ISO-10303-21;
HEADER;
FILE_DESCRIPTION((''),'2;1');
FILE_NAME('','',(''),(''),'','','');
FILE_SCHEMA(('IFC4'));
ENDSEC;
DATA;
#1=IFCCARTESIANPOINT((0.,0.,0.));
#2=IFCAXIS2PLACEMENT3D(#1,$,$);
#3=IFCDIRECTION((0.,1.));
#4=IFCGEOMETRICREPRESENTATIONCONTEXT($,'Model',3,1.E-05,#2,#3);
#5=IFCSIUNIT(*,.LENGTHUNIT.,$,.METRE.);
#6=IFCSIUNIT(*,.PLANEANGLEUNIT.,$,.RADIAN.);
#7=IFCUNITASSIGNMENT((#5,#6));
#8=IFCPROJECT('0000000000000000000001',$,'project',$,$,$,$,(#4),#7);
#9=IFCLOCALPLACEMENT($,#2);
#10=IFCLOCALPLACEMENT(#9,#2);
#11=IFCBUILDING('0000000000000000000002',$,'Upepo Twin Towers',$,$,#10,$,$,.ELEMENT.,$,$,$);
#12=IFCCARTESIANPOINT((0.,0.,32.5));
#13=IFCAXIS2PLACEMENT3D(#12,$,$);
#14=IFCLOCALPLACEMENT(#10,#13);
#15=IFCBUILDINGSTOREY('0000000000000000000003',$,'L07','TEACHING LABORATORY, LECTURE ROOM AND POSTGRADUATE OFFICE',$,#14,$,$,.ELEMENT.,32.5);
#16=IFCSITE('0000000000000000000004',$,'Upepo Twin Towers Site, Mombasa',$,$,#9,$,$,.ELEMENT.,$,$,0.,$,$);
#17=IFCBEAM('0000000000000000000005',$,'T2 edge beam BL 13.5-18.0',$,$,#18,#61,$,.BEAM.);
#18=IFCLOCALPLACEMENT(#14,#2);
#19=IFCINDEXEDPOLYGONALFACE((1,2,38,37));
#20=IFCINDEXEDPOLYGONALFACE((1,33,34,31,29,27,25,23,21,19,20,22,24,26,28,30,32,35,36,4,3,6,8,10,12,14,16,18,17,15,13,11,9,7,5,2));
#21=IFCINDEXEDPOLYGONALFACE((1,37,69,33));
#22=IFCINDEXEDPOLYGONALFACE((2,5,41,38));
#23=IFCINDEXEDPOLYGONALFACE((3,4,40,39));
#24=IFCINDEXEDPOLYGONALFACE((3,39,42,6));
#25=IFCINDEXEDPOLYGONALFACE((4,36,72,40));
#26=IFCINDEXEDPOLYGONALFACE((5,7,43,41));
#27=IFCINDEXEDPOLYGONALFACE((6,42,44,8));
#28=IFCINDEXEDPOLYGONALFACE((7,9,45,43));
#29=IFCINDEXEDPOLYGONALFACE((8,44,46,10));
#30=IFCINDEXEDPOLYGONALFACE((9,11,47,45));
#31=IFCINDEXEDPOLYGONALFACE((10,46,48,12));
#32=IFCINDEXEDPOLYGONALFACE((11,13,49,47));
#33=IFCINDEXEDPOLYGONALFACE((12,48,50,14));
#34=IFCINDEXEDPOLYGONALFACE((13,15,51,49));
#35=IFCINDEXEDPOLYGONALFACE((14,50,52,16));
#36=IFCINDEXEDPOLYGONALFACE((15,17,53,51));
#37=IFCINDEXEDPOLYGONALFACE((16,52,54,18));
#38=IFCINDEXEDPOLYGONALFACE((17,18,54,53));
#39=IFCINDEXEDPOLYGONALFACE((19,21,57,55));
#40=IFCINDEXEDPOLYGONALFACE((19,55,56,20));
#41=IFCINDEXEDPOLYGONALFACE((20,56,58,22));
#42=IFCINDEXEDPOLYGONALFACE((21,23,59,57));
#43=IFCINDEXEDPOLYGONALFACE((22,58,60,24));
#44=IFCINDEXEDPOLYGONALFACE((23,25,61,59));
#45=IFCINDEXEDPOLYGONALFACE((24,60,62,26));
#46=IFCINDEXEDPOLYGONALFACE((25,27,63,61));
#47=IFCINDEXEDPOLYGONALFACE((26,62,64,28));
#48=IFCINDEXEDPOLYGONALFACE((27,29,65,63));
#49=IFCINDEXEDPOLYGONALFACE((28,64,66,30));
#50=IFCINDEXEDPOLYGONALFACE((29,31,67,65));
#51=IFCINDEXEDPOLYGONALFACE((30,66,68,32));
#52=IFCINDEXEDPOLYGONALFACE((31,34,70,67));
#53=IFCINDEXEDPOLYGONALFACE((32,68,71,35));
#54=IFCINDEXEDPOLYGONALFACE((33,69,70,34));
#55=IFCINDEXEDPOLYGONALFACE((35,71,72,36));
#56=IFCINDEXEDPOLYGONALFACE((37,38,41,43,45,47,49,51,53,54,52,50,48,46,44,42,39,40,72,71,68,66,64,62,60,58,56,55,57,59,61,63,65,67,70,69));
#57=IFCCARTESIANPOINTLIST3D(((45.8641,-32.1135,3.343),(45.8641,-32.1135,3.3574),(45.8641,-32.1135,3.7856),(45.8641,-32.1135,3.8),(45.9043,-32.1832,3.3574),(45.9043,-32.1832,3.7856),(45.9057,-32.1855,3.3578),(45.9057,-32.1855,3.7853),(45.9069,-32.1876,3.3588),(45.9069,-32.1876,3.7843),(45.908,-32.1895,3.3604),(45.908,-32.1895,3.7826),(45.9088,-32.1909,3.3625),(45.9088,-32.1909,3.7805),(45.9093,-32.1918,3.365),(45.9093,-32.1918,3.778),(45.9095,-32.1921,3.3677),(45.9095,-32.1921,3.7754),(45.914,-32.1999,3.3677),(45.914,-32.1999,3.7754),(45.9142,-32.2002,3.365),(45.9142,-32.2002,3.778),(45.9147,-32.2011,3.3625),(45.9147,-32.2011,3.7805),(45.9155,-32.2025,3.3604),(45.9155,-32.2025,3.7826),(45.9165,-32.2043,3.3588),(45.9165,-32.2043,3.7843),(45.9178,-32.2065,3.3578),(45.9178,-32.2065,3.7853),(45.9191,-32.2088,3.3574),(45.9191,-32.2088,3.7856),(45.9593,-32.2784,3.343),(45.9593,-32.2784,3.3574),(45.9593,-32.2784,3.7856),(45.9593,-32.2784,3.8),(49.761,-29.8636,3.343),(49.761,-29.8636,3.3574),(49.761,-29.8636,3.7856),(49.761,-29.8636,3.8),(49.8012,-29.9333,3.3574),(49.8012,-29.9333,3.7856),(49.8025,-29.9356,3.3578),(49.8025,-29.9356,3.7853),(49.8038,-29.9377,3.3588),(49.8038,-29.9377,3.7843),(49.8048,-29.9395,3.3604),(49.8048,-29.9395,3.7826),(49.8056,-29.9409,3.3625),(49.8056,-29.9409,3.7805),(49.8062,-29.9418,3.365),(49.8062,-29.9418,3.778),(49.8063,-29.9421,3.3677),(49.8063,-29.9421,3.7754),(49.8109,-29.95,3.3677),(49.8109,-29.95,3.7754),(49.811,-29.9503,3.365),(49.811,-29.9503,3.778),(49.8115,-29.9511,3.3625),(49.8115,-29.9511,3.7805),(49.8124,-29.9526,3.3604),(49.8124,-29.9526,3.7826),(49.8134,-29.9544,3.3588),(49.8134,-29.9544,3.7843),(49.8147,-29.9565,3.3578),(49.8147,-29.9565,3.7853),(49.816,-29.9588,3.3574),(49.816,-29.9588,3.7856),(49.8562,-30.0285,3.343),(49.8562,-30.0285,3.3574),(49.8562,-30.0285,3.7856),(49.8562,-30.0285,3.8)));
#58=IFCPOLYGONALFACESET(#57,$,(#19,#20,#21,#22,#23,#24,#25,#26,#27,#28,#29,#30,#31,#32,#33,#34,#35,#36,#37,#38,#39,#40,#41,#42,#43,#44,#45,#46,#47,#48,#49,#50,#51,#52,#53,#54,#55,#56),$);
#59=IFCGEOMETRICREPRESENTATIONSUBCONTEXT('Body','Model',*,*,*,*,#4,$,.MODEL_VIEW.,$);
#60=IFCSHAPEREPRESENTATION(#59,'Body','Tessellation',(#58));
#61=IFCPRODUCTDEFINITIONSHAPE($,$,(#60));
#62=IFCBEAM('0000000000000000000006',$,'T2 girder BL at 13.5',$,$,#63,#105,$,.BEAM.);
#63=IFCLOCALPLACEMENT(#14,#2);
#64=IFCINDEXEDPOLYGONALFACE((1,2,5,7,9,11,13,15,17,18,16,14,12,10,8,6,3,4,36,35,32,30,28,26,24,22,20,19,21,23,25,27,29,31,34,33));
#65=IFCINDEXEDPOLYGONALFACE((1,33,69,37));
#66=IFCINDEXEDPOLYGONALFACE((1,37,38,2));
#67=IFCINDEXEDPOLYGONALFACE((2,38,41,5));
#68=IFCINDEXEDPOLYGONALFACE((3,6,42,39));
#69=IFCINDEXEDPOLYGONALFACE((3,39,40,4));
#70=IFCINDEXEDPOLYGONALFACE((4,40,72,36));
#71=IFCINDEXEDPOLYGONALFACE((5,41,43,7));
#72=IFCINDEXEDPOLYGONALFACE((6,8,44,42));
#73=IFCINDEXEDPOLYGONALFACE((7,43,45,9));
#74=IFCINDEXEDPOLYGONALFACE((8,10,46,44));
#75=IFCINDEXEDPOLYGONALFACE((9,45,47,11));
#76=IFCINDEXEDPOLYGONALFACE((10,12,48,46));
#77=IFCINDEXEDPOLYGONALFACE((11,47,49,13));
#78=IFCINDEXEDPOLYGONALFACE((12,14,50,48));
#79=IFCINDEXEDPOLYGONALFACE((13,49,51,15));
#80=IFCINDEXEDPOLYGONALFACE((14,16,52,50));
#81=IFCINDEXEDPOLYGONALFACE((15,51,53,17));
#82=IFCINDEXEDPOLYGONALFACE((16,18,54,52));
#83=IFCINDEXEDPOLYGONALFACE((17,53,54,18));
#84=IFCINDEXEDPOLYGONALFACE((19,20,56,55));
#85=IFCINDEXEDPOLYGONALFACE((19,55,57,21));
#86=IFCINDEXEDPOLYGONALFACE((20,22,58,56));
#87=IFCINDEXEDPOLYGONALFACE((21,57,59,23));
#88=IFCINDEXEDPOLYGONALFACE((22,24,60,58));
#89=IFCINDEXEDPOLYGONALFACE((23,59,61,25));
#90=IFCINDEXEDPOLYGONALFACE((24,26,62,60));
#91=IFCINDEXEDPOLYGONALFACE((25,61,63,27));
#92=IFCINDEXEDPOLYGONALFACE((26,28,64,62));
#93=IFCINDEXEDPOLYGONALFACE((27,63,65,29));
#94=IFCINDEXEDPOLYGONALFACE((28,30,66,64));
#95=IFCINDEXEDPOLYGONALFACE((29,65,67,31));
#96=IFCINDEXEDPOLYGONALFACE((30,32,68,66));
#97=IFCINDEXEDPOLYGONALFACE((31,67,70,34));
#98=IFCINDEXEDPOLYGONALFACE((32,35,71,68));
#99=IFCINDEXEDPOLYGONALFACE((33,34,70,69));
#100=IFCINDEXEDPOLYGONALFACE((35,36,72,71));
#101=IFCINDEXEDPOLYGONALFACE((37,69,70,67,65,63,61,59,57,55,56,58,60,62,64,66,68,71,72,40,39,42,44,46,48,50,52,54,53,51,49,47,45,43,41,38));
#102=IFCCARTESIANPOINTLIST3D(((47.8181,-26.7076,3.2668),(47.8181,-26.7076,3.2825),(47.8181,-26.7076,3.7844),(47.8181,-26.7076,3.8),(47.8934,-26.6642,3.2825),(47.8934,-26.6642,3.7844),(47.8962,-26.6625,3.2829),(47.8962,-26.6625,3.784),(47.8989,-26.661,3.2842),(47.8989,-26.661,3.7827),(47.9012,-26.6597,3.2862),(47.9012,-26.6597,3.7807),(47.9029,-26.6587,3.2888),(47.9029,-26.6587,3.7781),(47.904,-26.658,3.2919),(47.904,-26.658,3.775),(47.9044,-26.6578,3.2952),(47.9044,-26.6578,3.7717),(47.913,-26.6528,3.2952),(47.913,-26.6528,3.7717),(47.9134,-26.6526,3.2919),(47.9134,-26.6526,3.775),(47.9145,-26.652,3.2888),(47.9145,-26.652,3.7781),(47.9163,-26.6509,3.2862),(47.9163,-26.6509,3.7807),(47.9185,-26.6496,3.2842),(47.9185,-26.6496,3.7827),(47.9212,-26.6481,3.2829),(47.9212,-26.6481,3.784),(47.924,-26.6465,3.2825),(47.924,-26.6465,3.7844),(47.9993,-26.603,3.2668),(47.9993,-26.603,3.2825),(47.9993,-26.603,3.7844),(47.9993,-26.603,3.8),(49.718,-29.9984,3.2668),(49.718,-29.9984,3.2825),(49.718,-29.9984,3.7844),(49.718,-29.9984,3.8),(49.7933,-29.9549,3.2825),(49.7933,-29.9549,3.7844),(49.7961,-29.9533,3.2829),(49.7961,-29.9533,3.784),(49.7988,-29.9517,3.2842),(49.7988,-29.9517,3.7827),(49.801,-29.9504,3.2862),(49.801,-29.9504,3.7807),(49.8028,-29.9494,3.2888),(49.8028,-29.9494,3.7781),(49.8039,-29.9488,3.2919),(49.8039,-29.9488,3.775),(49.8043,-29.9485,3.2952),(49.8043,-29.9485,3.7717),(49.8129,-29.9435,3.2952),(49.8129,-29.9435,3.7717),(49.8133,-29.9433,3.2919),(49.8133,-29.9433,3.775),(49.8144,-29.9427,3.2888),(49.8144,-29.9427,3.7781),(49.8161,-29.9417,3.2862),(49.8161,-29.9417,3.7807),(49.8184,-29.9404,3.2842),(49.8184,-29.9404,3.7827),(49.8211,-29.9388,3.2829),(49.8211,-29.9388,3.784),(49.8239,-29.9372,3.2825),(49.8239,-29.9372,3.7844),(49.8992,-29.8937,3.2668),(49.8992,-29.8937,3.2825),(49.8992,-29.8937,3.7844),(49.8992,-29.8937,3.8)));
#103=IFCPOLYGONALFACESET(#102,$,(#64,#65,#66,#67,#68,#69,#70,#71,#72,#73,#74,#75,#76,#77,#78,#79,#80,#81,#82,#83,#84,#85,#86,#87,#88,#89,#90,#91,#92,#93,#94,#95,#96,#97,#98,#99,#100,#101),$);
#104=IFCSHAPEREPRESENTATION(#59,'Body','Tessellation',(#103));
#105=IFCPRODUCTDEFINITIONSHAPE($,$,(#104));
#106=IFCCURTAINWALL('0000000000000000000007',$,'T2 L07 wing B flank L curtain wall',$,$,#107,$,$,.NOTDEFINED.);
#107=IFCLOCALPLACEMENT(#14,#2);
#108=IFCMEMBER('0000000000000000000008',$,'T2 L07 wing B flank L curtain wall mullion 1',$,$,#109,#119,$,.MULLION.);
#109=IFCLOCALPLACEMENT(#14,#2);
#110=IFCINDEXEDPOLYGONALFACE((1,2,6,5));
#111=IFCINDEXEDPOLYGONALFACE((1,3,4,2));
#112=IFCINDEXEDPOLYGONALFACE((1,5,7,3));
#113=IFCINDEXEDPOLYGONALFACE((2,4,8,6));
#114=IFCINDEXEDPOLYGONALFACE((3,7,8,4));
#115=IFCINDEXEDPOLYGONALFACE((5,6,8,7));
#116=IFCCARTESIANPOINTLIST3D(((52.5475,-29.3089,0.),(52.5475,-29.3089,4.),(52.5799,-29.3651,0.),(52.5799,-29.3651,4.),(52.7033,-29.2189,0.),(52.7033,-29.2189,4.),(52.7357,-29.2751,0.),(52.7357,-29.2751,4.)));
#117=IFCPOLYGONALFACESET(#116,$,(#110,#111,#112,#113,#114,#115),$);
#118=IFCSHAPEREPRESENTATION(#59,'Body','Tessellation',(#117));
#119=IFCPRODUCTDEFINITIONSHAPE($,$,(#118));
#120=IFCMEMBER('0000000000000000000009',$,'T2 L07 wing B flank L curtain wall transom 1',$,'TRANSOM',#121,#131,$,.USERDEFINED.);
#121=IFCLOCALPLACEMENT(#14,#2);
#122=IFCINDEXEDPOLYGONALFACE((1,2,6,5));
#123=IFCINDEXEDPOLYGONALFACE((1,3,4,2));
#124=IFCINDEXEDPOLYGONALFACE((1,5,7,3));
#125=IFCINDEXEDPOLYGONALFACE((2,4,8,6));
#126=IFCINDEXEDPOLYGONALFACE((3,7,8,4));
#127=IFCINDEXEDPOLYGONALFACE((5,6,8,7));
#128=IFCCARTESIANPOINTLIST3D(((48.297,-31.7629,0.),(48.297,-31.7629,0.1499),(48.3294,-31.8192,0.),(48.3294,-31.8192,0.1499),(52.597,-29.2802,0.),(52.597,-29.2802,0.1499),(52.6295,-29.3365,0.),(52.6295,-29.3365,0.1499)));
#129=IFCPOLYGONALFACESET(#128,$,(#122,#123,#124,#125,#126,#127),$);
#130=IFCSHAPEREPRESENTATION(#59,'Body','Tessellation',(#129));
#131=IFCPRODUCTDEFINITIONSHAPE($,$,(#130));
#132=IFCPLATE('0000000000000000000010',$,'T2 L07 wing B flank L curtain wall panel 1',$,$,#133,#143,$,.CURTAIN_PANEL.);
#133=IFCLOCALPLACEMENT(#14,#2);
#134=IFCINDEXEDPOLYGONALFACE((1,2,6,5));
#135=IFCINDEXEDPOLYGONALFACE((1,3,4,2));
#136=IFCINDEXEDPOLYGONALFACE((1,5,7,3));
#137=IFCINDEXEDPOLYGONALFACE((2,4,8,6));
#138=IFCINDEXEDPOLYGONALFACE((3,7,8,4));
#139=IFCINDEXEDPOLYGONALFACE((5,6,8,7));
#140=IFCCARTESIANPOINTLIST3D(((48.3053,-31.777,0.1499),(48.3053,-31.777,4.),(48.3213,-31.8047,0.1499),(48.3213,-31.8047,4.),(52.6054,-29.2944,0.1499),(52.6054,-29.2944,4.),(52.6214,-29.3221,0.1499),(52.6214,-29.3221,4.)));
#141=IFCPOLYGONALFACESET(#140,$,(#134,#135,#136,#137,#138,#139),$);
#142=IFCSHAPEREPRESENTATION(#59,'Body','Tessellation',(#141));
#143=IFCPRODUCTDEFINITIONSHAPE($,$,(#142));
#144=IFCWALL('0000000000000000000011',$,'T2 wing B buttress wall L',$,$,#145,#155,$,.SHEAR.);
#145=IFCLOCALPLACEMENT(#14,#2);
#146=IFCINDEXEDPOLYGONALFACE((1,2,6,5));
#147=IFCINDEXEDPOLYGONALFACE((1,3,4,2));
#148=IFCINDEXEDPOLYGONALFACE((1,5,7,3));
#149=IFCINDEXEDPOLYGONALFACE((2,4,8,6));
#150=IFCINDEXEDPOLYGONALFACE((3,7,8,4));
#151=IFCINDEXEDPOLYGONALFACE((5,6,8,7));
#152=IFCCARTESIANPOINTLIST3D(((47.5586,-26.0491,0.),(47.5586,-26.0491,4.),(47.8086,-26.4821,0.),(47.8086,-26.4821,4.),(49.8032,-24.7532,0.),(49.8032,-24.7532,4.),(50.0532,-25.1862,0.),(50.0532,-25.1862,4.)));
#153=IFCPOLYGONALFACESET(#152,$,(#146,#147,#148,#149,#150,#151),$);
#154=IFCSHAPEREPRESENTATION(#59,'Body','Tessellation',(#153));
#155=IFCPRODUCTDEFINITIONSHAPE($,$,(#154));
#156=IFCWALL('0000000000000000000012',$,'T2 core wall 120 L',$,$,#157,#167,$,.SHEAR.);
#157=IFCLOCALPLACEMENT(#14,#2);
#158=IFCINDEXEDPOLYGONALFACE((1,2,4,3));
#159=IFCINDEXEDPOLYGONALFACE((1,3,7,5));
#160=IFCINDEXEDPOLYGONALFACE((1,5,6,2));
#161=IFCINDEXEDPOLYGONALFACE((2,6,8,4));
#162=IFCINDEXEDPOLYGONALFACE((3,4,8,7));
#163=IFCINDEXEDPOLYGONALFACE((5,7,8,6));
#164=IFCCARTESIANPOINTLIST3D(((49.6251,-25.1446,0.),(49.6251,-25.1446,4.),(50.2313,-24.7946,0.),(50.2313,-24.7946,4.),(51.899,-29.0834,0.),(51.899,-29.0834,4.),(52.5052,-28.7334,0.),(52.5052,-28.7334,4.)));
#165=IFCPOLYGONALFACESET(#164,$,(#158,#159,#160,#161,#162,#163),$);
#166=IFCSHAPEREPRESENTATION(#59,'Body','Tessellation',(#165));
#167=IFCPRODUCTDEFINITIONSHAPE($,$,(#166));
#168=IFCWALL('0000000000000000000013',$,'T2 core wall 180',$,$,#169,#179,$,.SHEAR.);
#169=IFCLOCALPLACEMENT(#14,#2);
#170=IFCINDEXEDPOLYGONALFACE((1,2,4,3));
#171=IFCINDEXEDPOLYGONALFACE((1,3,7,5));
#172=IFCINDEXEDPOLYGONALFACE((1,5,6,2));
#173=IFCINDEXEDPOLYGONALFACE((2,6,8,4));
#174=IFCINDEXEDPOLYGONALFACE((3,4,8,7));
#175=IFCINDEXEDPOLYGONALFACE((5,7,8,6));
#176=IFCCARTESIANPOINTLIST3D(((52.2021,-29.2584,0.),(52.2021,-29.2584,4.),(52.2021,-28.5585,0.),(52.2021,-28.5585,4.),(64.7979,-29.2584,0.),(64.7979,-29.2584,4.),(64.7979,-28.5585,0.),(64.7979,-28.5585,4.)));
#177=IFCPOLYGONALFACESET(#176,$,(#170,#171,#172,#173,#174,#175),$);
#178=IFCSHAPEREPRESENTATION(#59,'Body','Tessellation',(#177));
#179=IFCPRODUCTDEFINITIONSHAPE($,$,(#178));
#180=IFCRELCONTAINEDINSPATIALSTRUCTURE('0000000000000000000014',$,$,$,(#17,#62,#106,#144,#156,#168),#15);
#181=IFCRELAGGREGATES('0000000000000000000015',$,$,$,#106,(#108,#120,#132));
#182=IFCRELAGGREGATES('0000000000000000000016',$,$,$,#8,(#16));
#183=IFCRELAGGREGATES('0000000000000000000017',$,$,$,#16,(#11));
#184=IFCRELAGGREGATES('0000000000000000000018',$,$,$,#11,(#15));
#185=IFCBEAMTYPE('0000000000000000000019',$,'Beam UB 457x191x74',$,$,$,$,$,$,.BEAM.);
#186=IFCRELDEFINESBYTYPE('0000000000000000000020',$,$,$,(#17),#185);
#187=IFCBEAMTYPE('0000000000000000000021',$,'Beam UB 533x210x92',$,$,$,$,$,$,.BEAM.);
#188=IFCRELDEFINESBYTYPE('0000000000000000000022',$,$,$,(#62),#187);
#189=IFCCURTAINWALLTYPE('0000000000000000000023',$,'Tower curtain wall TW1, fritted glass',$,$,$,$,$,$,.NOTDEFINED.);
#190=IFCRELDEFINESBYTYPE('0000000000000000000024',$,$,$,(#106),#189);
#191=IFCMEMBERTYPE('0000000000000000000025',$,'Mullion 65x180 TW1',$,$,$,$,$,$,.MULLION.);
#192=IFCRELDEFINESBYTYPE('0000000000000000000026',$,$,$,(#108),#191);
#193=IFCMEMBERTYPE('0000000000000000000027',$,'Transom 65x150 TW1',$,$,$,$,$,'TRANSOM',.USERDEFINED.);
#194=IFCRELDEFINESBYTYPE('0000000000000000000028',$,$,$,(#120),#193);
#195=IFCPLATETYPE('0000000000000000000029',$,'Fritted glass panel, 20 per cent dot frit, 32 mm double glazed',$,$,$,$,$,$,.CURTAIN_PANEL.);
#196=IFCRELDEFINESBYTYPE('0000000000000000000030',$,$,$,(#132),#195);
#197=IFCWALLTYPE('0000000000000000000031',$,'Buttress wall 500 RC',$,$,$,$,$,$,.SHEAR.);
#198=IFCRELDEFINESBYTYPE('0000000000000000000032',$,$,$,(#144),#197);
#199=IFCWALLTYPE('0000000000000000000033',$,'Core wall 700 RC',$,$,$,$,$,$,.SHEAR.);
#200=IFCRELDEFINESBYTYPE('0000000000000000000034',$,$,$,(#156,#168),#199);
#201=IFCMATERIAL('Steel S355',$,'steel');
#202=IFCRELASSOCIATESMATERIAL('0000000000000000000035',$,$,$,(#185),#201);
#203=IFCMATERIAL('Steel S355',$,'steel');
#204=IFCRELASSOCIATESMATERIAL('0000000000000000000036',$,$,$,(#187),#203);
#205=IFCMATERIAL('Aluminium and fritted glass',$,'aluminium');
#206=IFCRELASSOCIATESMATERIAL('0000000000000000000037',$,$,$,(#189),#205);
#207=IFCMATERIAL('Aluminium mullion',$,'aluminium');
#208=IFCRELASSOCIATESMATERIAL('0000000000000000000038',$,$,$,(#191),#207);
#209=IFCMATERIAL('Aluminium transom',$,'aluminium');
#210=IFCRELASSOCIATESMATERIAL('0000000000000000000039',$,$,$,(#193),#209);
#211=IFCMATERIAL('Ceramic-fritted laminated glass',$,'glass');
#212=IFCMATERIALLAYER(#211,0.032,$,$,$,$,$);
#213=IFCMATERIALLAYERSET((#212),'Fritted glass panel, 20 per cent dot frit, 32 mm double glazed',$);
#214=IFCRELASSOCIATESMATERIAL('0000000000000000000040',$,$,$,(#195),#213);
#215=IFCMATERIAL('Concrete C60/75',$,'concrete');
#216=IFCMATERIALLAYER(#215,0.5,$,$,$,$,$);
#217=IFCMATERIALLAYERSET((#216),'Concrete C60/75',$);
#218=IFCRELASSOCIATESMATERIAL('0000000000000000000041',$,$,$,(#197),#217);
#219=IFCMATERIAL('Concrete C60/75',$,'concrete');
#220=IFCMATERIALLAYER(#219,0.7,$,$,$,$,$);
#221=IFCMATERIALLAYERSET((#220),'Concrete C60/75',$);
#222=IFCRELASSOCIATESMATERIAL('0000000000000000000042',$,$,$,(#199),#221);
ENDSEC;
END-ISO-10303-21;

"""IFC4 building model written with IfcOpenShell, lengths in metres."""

from ifc_helpers import new_model, si_unit, direction, frame, frame_2d, origin, origin_2d, place, context, subcontext, project, spatial, rectangle, i_section, extrude, material, layer, layer_set, material_profile, profile_set, type_object, element, aggregate, save


model = new_model("IFC4")

# Units and contexts
model_context = context("Model", 3, precision=1e-05, world=origin(), true_north=direction((0.0, 1.0)))
body_context = subcontext(model_context, "Body", "Model", "MODEL_VIEW")
ifc_project = project(units=[si_unit("LENGTHUNIT", "METRE"), si_unit("PLANEANGLEUNIT", "RADIAN")], contexts=[model_context])

# Site, building, storey
site_placement = place(None, origin())
site = spatial("IfcSite", under=ifc_project, at=site_placement, Name="Upepo Twin Towers Site, Mombasa", CompositionType="ELEMENT", RefElevation=0.0)
building_placement = place(site_placement, origin())
building = spatial("IfcBuilding", under=site, at=building_placement, Name="Upepo Twin Towers", CompositionType="ELEMENT")
storey_placement = place(building_placement, frame((0.0, 0.0, 32.5)))
storey = spatial("IfcBuildingStorey", under=building, at=storey_placement, Name="L07", Description="TEACHING LABORATORY, LECTURE ROOM AND POSTGRADUATE OFFICE", CompositionType="ELEMENT", Elevation=32.5)

# Beams
ifc_material_1 = material(Name="Steel S355", Category="steel")
ifc_material_profile_1 = material_profile(ifc_material_1, i_section(OverallWidth=0.1904, OverallDepth=0.457, WebThickness=0.009, FlangeThickness=0.0144, FilletRadius=0.0103, at=origin_2d()), Name="UB 457x191x74")
ifc_profile_set_1 = profile_set([ifc_material_profile_1], Name="Steel S355")
beam_type_1 = type_object("IfcBeamType", Name="Beam UB 457x191x74", PredefinedType="BEAM", material=ifc_profile_set_1)
beam_1_placement = place(storey_placement, frame((49.8086, -29.946, 3.5715), z_axis=(-0.866018, -0.500014, 0.0), x_axis=(0.500014, -0.866018, 0.0)))
element("IfcBeam", 1, at=beam_1_placement, inside=storey, type_object=beam_type_1, Name="T2 edge beam BL 13.5-18.0", PredefinedType="BEAM", context=body_context, shape_type="SweptSolid", body=[
    extrude(i_section(OverallWidth=0.1904, OverallDepth=0.457, WebThickness=0.009, FlangeThickness=0.0144, FilletRadius=0.0103, at=origin_2d()), origin(), (0.0, 0.0, 1.0), 4.4998),
])
ifc_material_2 = material(Name="Steel S355", Category="steel")
ifc_material_profile_2 = material_profile(ifc_material_2, i_section(OverallWidth=0.2092, OverallDepth=0.5332, WebThickness=0.01, FlangeThickness=0.0156, FilletRadius=0.0127, at=origin_2d()), Name="UB 533x210x92")
ifc_profile_set_2 = profile_set([ifc_material_profile_2], Name="Steel S355")
beam_type_2 = type_object("IfcBeamType", Name="Beam UB 533x210x92", PredefinedType="BEAM", material=ifc_profile_set_2)
beam_2_placement = place(storey_placement, frame((49.8086, -29.946, 3.5334), z_axis=(-0.499995, 0.866028, 0.0), x_axis=(-0.866028, -0.499995, 0.0)))
element("IfcBeam", 2, at=beam_2_placement, inside=storey, type_object=beam_type_2, Name="T2 girder BL at 13.5", PredefinedType="BEAM", context=body_context, shape_type="SweptSolid", body=[
    extrude(i_section(OverallWidth=0.2092, OverallDepth=0.5332, WebThickness=0.01, FlangeThickness=0.0156, FilletRadius=0.0127, at=origin_2d()), origin(), (0.0, 0.0, 1.0), 3.7998),
])

# Curtain wall, members, plate
ifc_material_3 = material(Name="Aluminium and fritted glass", Category="aluminium")
curtain_wall_type = type_object("IfcCurtainWallType", Name="Tower curtain wall TW1, fritted glass", PredefinedType="NOTDEFINED", material=ifc_material_3)
curtain_wall_placement = place(storey_placement, origin())
curtain_wall = element("IfcCurtainWall", 3, at=curtain_wall_placement, inside=storey, type_object=curtain_wall_type, Name="T2 L07 wing B flank L curtain wall", PredefinedType="NOTDEFINED")
ifc_material_4 = material(Name="Aluminium mullion", Category="aluminium")
ifc_material_profile_3 = material_profile(ifc_material_4, rectangle(XDim=0.0649, YDim=0.1799, at=origin_2d()), Name="MULLION 65x180")
ifc_profile_set_3 = profile_set([ifc_material_profile_3], Name="Aluminium mullion")
member_type_1 = type_object("IfcMemberType", Name="Mullion 65x180 TW1", PredefinedType="MULLION", material=ifc_profile_set_3)
member_1_placement = place(storey_placement, frame((52.6416, -29.292, 0.0), z_axis=(0.0, 0.0, 1.0), x_axis=(0.5, -0.866025, 0.0)))
member_1 = element("IfcMember", 4, at=member_1_placement, type_object=member_type_1, Name="T2 L07 wing B flank L curtain wall mullion 1", PredefinedType="MULLION", context=body_context, shape_type="SweptSolid", body=[
    extrude(rectangle(XDim=0.0649, YDim=0.1799, at=origin_2d()), origin(), (0.0, 0.0, 1.0), 4.0),
])
ifc_material_5 = material(Name="Aluminium transom", Category="aluminium")
ifc_material_profile_4 = material_profile(ifc_material_5, rectangle(XDim=0.0649, YDim=0.1499, at=origin_2d()), Name="TRANSOM 65x150")
ifc_profile_set_4 = profile_set([ifc_material_profile_4], Name="Aluminium transom")
member_type_2 = type_object("IfcMemberType", Name="Transom 65x150 TW1", ElementType="TRANSOM", PredefinedType="USERDEFINED", material=ifc_profile_set_4)
member_2_placement = place(storey_placement, frame((52.6133, -29.3083, 0.075), z_axis=(-0.866023, -0.500005, 0.0), x_axis=(0.500005, -0.866023, 0.0)))
member_2 = element("IfcMember", 5, at=member_2_placement, type_object=member_type_2, Name="T2 L07 wing B flank L curtain wall transom 1", ObjectType="TRANSOM", PredefinedType="USERDEFINED", context=body_context, shape_type="SweptSolid", body=[
    extrude(rectangle(XDim=0.0649, YDim=0.1499, at=origin_2d()), origin(), (0.0, 0.0, 1.0), 4.9653),
])
ifc_material_6 = material(Name="Ceramic-fritted laminated glass", Category="glass")
ifc_layer_1 = layer(ifc_material_6, 0.032)
ifc_layer_set_1 = layer_set([ifc_layer_1], Name="Fritted glass panel, 20 per cent dot frit, 32 mm double glazed")
plate_type = type_object("IfcPlateType", Name="Fritted glass panel, 20 per cent dot frit, 32 mm double glazed", PredefinedType="CURTAIN_PANEL", material=ifc_layer_set_1)
plate_placement = place(storey_placement, frame((50.4634, -30.5496, 0.1499), z_axis=(0.0, 0.0, 1.0), x_axis=(-0.866025, -0.5, 0.0)))
plate = element("IfcPlate", 6, at=plate_placement, type_object=plate_type, Name="T2 L07 wing B flank L curtain wall panel 1", PredefinedType="CURTAIN_PANEL", context=body_context, shape_type="SweptSolid", body=[
    extrude(rectangle(XDim=4.9653, YDim=0.032, at=origin_2d()), origin(), (0.0, 0.0, 1.0), 3.8501),
])
aggregate(curtain_wall, [member_1, member_2, plate])

# Walls
ifc_material_7 = material(Name="Concrete C60/75", Category="concrete")
ifc_layer_2 = layer(ifc_material_7, 0.5)
ifc_layer_set_2 = layer_set([ifc_layer_2], Name="Concrete C60/75")
wall_type_1 = type_object("IfcWallType", Name="Buttress wall 500 RC", PredefinedType="SHEAR", material=ifc_layer_set_2)
wall_1_placement = place(storey_placement, frame((49.9282, -24.9697, 0.0), z_axis=(0.0, 0.0, 1.0), x_axis=(-0.866032, -0.499989, 0.0)))
element("IfcWall", 7, at=wall_1_placement, inside=storey, type_object=wall_type_1, Name="T2 wing B buttress wall L", PredefinedType="SHEAR", context=body_context, shape_type="SweptSolid", body=[
    extrude(rectangle(XDim=2.5918, YDim=0.5, at=frame_2d((1.2959, 0.0))), origin(), (0.0, 0.0, 1.0), 4.0),
])
ifc_material_8 = material(Name="Concrete C60/75", Category="concrete")
ifc_layer_3 = layer(ifc_material_8, 0.7)
ifc_layer_set_3 = layer_set([ifc_layer_3], Name="Concrete C60/75")
wall_type_2 = type_object("IfcWallType", Name="Core wall 700 RC", PredefinedType="SHEAR", material=ifc_layer_set_3)
wall_2_placement = place(storey_placement, frame((49.9282, -24.9697, 0.0), z_axis=(0.0, 0.0, 1.0), x_axis=(0.499984, -0.866035, 0.0)))
element("IfcWall", 8, at=wall_2_placement, inside=storey, type_object=wall_type_2, Name="T2 core wall 120 L", PredefinedType="SHEAR", context=body_context, shape_type="SweptSolid", body=[
    extrude(rectangle(XDim=4.5481, YDim=0.7, at=frame_2d((2.2739, 0.0))), origin(), (0.0, 0.0, 1.0), 4.0),
])
wall_3_placement = place(storey_placement, frame((52.2021, -28.9084, 0.0), z_axis=(0.0, 0.0, 1.0), x_axis=(1.0, 0.0, 0.0)))
element("IfcWall", 9, at=wall_3_placement, inside=storey, type_object=wall_type_2, Name="T2 core wall 180", PredefinedType="SHEAR", context=body_context, shape_type="SweptSolid", body=[
    extrude(rectangle(XDim=12.5957, YDim=0.7, at=frame_2d((6.2979, 0.0))), origin(), (0.0, 0.0, 1.0), 4.0),
])

save(model, "model.ifc")
